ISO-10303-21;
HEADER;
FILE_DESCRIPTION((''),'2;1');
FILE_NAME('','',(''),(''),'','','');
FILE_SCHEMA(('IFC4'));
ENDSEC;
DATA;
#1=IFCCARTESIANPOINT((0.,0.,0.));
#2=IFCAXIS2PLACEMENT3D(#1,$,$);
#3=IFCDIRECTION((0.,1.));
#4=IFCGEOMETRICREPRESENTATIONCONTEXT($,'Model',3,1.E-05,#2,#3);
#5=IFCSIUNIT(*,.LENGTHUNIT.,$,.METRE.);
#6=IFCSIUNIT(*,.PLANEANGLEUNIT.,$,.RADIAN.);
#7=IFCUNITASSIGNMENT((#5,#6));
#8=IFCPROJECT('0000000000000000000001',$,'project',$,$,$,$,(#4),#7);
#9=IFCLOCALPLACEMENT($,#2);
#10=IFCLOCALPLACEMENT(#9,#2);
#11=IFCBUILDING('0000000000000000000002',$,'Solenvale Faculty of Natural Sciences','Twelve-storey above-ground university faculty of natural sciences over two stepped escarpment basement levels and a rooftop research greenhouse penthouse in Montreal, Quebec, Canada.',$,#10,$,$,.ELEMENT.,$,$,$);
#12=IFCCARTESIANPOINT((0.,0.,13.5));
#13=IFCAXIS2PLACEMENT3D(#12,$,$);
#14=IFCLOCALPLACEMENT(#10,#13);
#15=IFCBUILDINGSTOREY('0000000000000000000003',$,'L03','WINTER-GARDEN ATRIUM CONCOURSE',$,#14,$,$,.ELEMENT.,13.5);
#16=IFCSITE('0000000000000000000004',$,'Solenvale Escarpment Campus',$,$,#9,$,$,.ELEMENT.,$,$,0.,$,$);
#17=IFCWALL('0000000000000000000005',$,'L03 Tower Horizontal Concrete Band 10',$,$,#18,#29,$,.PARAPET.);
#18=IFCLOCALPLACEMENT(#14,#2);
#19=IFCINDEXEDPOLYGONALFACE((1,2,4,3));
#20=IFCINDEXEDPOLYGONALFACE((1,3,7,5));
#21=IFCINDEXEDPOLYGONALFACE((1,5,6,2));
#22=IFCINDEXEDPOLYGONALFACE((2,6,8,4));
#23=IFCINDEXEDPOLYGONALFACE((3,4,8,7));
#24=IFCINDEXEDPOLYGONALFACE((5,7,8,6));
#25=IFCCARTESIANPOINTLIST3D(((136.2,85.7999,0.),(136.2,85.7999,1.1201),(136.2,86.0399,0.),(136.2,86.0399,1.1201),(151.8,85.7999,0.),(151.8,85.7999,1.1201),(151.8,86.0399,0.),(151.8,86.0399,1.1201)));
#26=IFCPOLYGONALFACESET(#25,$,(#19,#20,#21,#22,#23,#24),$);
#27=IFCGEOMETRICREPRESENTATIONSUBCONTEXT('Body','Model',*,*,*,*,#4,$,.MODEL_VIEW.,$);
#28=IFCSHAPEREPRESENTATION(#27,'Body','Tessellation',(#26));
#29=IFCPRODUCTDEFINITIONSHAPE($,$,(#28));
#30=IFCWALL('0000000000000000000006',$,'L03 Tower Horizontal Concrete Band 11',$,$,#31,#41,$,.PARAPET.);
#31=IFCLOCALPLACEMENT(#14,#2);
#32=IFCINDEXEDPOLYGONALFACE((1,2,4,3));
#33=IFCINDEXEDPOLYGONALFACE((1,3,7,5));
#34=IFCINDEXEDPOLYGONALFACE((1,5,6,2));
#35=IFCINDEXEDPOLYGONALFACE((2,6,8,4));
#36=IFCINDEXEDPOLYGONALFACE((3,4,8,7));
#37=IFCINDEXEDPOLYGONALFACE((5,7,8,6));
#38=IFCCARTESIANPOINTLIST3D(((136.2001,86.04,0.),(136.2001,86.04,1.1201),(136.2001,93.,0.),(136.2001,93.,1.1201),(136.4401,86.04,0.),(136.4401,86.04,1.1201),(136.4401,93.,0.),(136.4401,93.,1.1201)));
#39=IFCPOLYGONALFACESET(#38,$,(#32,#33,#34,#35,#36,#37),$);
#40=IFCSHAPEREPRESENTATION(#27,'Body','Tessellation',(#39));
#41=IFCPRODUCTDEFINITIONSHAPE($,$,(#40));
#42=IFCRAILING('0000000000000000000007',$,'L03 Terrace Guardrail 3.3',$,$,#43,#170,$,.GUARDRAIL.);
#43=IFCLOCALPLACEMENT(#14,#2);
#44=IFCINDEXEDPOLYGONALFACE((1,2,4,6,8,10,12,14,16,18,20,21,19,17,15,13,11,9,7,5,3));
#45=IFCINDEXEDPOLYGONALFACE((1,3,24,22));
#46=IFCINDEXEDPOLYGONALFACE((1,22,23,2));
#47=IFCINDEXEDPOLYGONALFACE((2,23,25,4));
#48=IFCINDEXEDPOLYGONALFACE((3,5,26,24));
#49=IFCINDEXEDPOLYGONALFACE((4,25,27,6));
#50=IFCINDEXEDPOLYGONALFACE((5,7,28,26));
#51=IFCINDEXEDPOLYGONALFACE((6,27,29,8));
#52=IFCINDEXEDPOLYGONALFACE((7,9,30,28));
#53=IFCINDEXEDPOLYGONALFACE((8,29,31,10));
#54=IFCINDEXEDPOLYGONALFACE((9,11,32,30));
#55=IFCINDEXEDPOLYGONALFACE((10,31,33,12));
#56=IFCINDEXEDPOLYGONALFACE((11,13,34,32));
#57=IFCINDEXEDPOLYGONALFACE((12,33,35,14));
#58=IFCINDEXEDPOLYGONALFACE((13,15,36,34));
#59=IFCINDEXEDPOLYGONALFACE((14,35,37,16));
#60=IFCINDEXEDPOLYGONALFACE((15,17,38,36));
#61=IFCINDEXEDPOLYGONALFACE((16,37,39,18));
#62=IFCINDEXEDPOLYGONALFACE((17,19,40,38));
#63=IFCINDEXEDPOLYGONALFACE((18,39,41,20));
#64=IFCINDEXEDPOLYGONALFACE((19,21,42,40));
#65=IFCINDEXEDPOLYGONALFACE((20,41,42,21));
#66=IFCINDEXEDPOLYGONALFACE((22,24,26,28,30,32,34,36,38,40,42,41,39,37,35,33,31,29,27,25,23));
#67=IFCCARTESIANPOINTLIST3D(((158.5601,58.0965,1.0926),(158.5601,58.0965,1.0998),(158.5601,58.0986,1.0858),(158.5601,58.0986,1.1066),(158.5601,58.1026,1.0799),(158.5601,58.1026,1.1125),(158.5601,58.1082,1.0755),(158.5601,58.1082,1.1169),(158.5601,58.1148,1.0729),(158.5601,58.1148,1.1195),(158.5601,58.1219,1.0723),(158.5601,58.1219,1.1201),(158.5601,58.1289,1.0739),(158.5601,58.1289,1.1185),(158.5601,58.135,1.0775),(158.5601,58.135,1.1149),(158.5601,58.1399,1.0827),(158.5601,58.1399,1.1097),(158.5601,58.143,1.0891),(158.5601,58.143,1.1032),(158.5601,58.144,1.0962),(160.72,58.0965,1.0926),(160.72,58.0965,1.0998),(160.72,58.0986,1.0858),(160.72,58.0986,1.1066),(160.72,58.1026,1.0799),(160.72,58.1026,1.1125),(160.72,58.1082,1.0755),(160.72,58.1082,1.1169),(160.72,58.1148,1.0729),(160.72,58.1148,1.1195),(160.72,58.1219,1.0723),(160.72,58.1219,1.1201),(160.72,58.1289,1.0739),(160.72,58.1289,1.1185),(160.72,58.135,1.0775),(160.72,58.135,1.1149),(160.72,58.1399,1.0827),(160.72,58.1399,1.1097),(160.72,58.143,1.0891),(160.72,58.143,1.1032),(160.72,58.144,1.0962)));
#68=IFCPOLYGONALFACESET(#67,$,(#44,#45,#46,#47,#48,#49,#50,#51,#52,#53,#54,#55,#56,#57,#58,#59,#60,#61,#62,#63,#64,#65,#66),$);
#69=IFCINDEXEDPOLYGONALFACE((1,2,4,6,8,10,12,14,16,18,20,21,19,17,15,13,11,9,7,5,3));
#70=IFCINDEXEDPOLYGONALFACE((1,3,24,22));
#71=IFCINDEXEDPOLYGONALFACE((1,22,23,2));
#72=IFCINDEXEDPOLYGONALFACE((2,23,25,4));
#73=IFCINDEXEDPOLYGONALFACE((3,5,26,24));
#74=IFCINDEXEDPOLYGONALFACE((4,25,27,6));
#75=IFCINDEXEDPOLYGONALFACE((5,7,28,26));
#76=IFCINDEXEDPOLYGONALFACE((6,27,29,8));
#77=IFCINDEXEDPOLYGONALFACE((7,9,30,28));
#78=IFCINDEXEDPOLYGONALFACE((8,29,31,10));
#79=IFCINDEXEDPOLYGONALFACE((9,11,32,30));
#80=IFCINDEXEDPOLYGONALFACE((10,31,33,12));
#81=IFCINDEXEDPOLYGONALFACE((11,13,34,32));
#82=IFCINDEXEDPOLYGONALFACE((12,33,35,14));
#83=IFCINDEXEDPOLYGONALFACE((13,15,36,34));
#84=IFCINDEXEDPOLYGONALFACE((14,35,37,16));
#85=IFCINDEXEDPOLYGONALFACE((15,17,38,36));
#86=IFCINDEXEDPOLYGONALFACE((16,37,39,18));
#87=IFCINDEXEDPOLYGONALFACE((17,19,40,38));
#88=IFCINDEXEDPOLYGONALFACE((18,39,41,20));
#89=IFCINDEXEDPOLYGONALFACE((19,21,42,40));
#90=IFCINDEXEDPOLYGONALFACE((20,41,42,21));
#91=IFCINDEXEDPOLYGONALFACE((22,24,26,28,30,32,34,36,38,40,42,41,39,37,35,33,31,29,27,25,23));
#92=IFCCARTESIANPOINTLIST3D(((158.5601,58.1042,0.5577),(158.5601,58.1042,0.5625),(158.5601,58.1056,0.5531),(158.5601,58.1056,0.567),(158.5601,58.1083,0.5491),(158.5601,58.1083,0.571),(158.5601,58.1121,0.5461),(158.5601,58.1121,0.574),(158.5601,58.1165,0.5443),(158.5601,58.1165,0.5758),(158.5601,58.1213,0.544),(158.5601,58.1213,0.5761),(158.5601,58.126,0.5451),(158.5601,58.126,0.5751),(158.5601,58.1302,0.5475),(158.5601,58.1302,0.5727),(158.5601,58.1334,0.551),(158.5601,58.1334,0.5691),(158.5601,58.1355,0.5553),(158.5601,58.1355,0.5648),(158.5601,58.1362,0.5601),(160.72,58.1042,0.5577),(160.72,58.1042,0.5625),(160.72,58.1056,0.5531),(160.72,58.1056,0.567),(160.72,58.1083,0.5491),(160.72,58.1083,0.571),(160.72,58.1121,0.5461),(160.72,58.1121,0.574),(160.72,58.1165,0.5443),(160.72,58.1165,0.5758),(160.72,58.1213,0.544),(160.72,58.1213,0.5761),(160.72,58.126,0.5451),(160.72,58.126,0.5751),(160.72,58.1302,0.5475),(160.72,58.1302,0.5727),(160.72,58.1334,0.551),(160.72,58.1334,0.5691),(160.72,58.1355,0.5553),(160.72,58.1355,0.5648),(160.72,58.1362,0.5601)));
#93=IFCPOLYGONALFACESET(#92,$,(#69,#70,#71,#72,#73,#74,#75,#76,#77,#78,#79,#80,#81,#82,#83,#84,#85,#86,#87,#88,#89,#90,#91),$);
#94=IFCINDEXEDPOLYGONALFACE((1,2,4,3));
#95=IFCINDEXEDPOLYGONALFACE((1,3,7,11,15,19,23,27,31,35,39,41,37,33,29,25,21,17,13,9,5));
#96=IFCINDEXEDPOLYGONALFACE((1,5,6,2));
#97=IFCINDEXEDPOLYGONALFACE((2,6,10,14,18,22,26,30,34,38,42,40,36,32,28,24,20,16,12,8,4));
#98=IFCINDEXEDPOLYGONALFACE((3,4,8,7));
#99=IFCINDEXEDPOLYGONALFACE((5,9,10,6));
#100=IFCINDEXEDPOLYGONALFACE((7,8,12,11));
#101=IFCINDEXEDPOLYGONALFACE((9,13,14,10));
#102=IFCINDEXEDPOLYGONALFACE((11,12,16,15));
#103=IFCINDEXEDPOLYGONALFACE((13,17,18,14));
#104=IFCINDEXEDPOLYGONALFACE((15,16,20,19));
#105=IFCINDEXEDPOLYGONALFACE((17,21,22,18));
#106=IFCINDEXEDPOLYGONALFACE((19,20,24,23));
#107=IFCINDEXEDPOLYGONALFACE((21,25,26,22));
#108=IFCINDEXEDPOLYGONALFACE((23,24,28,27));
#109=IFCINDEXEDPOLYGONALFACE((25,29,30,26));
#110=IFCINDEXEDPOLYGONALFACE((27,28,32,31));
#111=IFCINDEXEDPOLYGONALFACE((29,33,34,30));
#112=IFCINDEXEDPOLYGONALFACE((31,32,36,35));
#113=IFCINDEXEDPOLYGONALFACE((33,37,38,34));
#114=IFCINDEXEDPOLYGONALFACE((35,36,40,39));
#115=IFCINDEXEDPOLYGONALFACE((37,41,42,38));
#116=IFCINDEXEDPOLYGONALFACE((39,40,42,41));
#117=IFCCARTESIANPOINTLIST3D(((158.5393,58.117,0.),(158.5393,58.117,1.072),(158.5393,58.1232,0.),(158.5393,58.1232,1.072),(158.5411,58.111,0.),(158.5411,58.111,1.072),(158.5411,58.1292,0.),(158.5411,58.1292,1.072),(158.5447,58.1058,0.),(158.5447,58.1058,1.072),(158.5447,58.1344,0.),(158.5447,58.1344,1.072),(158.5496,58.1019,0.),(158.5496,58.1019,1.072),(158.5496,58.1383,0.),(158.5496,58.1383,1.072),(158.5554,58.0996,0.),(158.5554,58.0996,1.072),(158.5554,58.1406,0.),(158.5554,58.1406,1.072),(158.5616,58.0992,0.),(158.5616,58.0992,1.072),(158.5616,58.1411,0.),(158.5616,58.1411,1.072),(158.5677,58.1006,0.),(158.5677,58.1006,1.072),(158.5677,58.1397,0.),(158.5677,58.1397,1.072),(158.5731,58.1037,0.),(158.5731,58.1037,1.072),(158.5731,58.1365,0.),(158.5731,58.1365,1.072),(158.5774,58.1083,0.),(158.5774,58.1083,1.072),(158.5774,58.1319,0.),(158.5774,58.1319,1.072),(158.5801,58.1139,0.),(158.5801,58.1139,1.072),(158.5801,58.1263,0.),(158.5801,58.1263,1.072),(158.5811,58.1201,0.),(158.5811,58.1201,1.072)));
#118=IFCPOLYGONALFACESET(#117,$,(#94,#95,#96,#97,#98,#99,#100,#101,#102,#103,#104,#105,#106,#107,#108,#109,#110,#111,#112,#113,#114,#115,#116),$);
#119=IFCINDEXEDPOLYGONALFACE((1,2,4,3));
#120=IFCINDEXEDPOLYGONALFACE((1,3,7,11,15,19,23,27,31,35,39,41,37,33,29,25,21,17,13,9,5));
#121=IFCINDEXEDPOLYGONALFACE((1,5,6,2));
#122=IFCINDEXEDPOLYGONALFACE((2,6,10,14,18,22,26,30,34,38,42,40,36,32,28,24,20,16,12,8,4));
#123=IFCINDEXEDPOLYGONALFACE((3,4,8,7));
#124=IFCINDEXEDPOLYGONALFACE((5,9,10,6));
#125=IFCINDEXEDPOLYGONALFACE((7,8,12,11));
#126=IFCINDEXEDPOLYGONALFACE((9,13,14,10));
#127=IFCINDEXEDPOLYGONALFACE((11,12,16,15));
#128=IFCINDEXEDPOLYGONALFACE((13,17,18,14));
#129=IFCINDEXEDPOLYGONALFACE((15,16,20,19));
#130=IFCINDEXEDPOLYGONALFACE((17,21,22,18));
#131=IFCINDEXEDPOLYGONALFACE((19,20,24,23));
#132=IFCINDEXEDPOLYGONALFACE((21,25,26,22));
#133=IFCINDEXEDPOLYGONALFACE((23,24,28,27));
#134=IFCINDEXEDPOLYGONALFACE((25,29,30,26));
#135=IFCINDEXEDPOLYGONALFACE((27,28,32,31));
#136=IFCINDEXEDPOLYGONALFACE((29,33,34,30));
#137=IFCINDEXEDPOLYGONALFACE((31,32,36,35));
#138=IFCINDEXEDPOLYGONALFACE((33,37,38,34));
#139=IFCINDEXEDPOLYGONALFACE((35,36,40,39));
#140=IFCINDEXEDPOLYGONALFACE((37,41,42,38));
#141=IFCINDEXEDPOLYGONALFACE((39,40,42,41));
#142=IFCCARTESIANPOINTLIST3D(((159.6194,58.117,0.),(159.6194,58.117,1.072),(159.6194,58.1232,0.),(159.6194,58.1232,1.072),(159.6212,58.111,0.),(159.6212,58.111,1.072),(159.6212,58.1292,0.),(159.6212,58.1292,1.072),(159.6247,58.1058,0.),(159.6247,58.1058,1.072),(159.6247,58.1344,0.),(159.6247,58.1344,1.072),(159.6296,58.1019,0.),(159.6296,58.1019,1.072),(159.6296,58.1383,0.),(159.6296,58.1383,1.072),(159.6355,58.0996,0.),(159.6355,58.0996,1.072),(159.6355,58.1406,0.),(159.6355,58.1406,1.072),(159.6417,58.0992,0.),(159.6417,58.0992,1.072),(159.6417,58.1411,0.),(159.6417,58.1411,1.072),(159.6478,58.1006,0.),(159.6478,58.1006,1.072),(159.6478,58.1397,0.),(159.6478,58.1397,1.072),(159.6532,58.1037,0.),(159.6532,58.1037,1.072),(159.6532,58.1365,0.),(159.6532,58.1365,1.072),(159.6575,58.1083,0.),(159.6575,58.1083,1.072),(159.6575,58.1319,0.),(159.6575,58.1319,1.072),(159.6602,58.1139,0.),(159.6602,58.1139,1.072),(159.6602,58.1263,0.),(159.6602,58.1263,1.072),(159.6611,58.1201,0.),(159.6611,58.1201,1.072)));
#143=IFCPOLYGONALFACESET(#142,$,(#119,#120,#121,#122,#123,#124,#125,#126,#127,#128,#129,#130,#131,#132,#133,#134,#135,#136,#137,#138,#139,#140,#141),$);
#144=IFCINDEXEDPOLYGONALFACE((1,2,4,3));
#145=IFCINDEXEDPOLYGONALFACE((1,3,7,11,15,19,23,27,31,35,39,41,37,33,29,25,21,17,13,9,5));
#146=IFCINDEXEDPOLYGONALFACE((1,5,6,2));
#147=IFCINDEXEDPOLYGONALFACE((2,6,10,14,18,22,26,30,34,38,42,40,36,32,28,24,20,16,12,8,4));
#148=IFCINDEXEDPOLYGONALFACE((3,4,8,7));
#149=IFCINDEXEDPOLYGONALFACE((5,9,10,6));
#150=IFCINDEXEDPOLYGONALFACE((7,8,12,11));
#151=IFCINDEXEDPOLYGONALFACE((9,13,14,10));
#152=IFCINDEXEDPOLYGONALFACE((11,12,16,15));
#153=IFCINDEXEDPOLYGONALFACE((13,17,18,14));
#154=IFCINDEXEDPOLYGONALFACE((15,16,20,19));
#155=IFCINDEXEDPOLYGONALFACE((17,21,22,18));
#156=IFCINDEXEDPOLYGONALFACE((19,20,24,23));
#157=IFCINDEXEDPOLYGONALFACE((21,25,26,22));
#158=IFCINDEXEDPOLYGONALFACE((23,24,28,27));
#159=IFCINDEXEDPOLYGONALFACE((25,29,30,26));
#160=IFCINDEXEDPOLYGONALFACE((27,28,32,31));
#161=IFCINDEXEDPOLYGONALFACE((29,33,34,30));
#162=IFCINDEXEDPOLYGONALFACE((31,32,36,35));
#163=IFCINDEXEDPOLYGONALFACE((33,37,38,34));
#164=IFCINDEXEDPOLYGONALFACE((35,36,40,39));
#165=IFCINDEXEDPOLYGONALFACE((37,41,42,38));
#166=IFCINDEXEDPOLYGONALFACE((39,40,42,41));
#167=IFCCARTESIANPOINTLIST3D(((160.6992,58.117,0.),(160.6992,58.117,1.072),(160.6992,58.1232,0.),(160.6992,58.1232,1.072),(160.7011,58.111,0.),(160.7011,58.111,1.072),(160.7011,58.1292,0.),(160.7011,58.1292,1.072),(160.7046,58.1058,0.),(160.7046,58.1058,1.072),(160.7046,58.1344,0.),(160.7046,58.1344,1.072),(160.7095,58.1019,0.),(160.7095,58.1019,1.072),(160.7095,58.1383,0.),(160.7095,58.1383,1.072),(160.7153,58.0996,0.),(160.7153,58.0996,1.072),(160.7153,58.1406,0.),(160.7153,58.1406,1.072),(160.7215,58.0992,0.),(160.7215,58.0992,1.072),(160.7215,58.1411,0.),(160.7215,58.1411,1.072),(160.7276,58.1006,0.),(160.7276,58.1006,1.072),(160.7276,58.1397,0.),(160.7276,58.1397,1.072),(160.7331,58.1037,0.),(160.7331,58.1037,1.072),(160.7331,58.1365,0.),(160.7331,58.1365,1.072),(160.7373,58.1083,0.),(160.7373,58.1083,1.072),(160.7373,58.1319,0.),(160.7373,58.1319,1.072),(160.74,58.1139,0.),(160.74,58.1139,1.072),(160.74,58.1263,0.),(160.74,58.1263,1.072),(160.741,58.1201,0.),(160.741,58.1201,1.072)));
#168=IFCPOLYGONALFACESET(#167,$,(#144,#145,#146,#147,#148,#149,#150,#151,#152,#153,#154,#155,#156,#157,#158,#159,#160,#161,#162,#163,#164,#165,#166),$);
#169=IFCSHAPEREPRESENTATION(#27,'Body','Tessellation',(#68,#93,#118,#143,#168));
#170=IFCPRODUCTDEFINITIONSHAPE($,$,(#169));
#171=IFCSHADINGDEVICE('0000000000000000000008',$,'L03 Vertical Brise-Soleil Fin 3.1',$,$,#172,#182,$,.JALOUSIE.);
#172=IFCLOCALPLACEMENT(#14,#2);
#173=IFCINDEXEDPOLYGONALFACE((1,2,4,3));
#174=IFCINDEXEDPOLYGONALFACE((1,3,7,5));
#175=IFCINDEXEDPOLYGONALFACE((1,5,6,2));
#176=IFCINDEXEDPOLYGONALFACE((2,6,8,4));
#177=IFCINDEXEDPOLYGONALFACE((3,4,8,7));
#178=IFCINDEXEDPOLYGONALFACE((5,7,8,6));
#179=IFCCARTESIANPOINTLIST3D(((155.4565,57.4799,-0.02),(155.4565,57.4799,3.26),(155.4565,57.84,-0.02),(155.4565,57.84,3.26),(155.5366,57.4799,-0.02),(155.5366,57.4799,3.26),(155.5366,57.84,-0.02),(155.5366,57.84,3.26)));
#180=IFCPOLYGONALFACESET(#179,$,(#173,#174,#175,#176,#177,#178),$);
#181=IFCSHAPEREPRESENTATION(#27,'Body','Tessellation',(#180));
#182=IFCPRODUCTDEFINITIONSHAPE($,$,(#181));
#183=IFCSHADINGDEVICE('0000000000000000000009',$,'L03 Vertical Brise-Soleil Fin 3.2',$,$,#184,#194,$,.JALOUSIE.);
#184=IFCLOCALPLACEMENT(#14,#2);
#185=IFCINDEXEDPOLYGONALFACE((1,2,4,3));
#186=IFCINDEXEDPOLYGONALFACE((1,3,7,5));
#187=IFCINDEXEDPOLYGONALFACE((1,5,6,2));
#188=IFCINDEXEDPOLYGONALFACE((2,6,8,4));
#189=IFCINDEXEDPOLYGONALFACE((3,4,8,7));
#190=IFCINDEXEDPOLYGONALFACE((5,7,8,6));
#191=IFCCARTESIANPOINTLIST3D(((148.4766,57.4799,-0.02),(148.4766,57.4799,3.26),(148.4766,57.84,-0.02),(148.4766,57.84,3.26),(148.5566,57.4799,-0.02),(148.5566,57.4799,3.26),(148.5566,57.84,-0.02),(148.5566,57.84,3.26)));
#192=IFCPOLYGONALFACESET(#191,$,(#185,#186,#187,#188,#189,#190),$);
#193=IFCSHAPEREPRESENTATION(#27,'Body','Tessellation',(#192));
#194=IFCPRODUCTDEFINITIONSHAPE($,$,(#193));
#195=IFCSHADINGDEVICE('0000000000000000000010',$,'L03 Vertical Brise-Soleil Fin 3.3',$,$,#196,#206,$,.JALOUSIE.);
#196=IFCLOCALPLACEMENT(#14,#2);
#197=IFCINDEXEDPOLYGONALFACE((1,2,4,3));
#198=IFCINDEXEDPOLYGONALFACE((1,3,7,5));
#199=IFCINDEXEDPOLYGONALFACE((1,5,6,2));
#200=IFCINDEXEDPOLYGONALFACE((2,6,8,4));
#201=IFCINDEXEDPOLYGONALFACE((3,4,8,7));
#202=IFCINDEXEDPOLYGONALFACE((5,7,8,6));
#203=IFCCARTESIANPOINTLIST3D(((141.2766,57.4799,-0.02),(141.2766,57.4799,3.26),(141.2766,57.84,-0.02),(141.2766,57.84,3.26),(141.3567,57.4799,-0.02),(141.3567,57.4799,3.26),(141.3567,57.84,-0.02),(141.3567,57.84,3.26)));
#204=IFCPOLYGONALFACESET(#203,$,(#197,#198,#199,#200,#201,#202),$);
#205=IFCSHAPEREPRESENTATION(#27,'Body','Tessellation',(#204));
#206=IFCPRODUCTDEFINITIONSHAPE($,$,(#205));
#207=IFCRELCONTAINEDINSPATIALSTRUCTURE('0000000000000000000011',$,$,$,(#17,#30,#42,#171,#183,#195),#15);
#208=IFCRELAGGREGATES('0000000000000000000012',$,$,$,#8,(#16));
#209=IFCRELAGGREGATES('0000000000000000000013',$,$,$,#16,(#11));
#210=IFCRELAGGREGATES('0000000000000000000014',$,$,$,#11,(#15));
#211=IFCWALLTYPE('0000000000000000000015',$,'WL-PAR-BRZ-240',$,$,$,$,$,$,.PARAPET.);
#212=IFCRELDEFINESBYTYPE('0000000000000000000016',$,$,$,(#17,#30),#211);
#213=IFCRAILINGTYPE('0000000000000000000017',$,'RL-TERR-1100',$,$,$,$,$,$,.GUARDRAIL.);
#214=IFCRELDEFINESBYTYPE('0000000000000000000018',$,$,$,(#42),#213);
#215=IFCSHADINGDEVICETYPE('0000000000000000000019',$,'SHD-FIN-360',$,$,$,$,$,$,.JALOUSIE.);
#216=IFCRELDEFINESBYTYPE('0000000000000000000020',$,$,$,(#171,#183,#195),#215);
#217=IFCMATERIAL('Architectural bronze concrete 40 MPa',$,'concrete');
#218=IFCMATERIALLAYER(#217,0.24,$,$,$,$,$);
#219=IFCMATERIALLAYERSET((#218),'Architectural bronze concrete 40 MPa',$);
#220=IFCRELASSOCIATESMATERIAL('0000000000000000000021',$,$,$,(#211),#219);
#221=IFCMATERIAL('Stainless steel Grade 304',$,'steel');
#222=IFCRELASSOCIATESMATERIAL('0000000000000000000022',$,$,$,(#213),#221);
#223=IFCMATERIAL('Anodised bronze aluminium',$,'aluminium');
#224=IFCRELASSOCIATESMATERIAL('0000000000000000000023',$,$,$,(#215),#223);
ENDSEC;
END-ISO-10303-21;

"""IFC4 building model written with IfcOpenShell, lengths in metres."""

from ifc_helpers import new_model, si_unit, direction, frame, frame_2d, origin, origin_2d, place, context, subcontext, project, spatial, rectangle, circle, extrude, material, layer, layer_set, material_profile, profile_set, type_object, element, save


model = new_model("IFC4")

# Units and contexts
model_context = context("Model", 3, precision=1e-05, world=origin(), true_north=direction((0.0, 1.0)))
body_context = subcontext(model_context, "Body", "Model", "MODEL_VIEW")
ifc_project = project(units=[si_unit("LENGTHUNIT", "METRE"), si_unit("PLANEANGLEUNIT", "RADIAN")], contexts=[model_context])

# Site, building, storey
site_placement = place(None, origin())
site = spatial("IfcSite", under=ifc_project, at=site_placement, Name="Solenvale Escarpment Campus", CompositionType="ELEMENT", RefElevation=0.0)
building_placement = place(site_placement, origin())
building = spatial("IfcBuilding", under=site, at=building_placement, Name="Solenvale Faculty of Natural Sciences", Description="Twelve-storey above-ground university faculty of natural sciences over two stepped escarpment basement levels and a rooftop research greenhouse penthouse in Montreal, Quebec, Canada.", CompositionType="ELEMENT")
storey_placement = place(building_placement, frame((0.0, 0.0, 13.5)))
storey = spatial("IfcBuildingStorey", under=building, at=storey_placement, Name="L03", Description="WINTER-GARDEN ATRIUM CONCOURSE", CompositionType="ELEMENT", Elevation=13.5)

# Shared definitions
ifc_material_1 = material(Name="Anodised bronze aluminium", Category="aluminium")

# Walls
ifc_material_2 = material(Name="Architectural bronze concrete 40 MPa", Category="concrete")
ifc_layer_1 = layer(ifc_material_2, 0.24)
ifc_layer_set_1 = layer_set([ifc_layer_1], Name="Architectural bronze concrete 40 MPa")
wall_type_1 = type_object("IfcWallType", Name="WL-PAR-BRZ-240", PredefinedType="PARAPET", material=ifc_layer_set_1)
wall_1_placement = place(storey_placement, frame((151.8, 85.9199, 0.0), z_axis=(0.0, 0.0, 1.0), x_axis=(-1.0, 0.0, 0.0)))
element("IfcWall", 1, at=wall_1_placement, inside=storey, type_object=wall_type_1, Name="L03 Tower Horizontal Concrete Band 10", PredefinedType="PARAPET", context=body_context, shape_type="SweptSolid", body=[
    extrude(rectangle(XDim=15.6001, YDim=0.24, at=frame_2d((7.8, 0.0))), origin(), (0.0, 0.0, 1.0), 1.1201),
])
wall_2_placement = place(storey_placement, frame((136.3201, 86.04, 0.0), z_axis=(0.0, 0.0, 1.0), x_axis=(0.0, 1.0, 0.0)))
element("IfcWall", 2, at=wall_2_placement, inside=storey, type_object=wall_type_1, Name="L03 Tower Horizontal Concrete Band 11", PredefinedType="PARAPET", context=body_context, shape_type="SweptSolid", body=[
    extrude(rectangle(XDim=6.96, YDim=0.24, at=frame_2d((3.48, 0.0))), origin(), (0.0, 0.0, 1.0), 1.1201),
])

# Railing
ifc_material_3 = material(Name="Stainless steel Grade 304", Category="steel")
railing_type = type_object("IfcRailingType", Name="RL-TERR-1100", PredefinedType="GUARDRAIL", material=ifc_material_3)
railing_1_placement = place(storey_placement, frame((158.5601, 58.1201, 0.0)))
element("IfcRailing", 3, at=railing_1_placement, inside=storey, type_object=railing_type, Name="L03 Terrace Guardrail 3.3", PredefinedType="GUARDRAIL", context=body_context, shape_type="SweptSolid", body=[
    extrude(circle(Radius=0.0239, at=origin_2d()), frame((0.0, 0.0, 1.0962), z_axis=(1.0, 0.0, 0.0), x_axis=(0.0, 1.0, 0.0)), (0.0, 0.0, 1.0), 2.1599),
    extrude(circle(Radius=0.0161, at=origin_2d()), frame((0.0, 0.0, 0.5601), z_axis=(1.0, 0.0, 0.0), x_axis=(0.0, 1.0, 0.0)), (0.0, 0.0, 1.0), 2.1599),
    extrude(circle(Radius=0.021, at=origin_2d()), origin(), (0.0, 0.0, 1.0), 1.072),
    extrude(circle(Radius=0.021, at=origin_2d()), frame((1.0801, 0.0, 0.0)), (0.0, 0.0, 1.0), 1.072),
    extrude(circle(Radius=0.021, at=origin_2d()), frame((2.1599, 0.0, 0.0)), (0.0, 0.0, 1.0), 1.072),
])

# Shading devices
ifc_material_profile_1 = material_profile(ifc_material_1, rectangle(XDim=0.0801, YDim=0.3601, at=origin_2d()), Name="ALU-FIN-80x360")
ifc_profile_set_1 = profile_set([ifc_material_profile_1], Name="Anodised bronze aluminium")
shading_device_type = type_object("IfcShadingDeviceType", Name="SHD-FIN-360", PredefinedType="JALOUSIE", material=ifc_profile_set_1)
for number, where, z_axis, x_axis, name in (
    (4, (155.4966, 57.6599, -0.02), (0.0, 0.0, 1.0), (1.0, 0.0, 0.0), "L03 Vertical Brise-Soleil Fin 3.1"),
    (5, (148.5166, 57.6599, -0.02), (0.0, 0.0, 1.0), (1.0, 0.0, 0.0), "L03 Vertical Brise-Soleil Fin 3.2"),
    (6, (141.3167, 57.6599, -0.02), (0.0, 0.0, 1.0), (1.0, 0.0, 0.0), "L03 Vertical Brise-Soleil Fin 3.3"),
):
    element("IfcShadingDevice", number, at=place(storey_placement, frame(where, z_axis=z_axis, x_axis=x_axis)), inside=storey, type_object=shading_device_type, Name=name, PredefinedType="JALOUSIE", context=body_context, shape_type="SweptSolid", body=[
        extrude(rectangle(XDim=0.0801, YDim=0.3601, at=origin_2d()), origin(), (0.0, 0.0, 1.0), 3.28),
    ])

save(model, "model.ifc")
